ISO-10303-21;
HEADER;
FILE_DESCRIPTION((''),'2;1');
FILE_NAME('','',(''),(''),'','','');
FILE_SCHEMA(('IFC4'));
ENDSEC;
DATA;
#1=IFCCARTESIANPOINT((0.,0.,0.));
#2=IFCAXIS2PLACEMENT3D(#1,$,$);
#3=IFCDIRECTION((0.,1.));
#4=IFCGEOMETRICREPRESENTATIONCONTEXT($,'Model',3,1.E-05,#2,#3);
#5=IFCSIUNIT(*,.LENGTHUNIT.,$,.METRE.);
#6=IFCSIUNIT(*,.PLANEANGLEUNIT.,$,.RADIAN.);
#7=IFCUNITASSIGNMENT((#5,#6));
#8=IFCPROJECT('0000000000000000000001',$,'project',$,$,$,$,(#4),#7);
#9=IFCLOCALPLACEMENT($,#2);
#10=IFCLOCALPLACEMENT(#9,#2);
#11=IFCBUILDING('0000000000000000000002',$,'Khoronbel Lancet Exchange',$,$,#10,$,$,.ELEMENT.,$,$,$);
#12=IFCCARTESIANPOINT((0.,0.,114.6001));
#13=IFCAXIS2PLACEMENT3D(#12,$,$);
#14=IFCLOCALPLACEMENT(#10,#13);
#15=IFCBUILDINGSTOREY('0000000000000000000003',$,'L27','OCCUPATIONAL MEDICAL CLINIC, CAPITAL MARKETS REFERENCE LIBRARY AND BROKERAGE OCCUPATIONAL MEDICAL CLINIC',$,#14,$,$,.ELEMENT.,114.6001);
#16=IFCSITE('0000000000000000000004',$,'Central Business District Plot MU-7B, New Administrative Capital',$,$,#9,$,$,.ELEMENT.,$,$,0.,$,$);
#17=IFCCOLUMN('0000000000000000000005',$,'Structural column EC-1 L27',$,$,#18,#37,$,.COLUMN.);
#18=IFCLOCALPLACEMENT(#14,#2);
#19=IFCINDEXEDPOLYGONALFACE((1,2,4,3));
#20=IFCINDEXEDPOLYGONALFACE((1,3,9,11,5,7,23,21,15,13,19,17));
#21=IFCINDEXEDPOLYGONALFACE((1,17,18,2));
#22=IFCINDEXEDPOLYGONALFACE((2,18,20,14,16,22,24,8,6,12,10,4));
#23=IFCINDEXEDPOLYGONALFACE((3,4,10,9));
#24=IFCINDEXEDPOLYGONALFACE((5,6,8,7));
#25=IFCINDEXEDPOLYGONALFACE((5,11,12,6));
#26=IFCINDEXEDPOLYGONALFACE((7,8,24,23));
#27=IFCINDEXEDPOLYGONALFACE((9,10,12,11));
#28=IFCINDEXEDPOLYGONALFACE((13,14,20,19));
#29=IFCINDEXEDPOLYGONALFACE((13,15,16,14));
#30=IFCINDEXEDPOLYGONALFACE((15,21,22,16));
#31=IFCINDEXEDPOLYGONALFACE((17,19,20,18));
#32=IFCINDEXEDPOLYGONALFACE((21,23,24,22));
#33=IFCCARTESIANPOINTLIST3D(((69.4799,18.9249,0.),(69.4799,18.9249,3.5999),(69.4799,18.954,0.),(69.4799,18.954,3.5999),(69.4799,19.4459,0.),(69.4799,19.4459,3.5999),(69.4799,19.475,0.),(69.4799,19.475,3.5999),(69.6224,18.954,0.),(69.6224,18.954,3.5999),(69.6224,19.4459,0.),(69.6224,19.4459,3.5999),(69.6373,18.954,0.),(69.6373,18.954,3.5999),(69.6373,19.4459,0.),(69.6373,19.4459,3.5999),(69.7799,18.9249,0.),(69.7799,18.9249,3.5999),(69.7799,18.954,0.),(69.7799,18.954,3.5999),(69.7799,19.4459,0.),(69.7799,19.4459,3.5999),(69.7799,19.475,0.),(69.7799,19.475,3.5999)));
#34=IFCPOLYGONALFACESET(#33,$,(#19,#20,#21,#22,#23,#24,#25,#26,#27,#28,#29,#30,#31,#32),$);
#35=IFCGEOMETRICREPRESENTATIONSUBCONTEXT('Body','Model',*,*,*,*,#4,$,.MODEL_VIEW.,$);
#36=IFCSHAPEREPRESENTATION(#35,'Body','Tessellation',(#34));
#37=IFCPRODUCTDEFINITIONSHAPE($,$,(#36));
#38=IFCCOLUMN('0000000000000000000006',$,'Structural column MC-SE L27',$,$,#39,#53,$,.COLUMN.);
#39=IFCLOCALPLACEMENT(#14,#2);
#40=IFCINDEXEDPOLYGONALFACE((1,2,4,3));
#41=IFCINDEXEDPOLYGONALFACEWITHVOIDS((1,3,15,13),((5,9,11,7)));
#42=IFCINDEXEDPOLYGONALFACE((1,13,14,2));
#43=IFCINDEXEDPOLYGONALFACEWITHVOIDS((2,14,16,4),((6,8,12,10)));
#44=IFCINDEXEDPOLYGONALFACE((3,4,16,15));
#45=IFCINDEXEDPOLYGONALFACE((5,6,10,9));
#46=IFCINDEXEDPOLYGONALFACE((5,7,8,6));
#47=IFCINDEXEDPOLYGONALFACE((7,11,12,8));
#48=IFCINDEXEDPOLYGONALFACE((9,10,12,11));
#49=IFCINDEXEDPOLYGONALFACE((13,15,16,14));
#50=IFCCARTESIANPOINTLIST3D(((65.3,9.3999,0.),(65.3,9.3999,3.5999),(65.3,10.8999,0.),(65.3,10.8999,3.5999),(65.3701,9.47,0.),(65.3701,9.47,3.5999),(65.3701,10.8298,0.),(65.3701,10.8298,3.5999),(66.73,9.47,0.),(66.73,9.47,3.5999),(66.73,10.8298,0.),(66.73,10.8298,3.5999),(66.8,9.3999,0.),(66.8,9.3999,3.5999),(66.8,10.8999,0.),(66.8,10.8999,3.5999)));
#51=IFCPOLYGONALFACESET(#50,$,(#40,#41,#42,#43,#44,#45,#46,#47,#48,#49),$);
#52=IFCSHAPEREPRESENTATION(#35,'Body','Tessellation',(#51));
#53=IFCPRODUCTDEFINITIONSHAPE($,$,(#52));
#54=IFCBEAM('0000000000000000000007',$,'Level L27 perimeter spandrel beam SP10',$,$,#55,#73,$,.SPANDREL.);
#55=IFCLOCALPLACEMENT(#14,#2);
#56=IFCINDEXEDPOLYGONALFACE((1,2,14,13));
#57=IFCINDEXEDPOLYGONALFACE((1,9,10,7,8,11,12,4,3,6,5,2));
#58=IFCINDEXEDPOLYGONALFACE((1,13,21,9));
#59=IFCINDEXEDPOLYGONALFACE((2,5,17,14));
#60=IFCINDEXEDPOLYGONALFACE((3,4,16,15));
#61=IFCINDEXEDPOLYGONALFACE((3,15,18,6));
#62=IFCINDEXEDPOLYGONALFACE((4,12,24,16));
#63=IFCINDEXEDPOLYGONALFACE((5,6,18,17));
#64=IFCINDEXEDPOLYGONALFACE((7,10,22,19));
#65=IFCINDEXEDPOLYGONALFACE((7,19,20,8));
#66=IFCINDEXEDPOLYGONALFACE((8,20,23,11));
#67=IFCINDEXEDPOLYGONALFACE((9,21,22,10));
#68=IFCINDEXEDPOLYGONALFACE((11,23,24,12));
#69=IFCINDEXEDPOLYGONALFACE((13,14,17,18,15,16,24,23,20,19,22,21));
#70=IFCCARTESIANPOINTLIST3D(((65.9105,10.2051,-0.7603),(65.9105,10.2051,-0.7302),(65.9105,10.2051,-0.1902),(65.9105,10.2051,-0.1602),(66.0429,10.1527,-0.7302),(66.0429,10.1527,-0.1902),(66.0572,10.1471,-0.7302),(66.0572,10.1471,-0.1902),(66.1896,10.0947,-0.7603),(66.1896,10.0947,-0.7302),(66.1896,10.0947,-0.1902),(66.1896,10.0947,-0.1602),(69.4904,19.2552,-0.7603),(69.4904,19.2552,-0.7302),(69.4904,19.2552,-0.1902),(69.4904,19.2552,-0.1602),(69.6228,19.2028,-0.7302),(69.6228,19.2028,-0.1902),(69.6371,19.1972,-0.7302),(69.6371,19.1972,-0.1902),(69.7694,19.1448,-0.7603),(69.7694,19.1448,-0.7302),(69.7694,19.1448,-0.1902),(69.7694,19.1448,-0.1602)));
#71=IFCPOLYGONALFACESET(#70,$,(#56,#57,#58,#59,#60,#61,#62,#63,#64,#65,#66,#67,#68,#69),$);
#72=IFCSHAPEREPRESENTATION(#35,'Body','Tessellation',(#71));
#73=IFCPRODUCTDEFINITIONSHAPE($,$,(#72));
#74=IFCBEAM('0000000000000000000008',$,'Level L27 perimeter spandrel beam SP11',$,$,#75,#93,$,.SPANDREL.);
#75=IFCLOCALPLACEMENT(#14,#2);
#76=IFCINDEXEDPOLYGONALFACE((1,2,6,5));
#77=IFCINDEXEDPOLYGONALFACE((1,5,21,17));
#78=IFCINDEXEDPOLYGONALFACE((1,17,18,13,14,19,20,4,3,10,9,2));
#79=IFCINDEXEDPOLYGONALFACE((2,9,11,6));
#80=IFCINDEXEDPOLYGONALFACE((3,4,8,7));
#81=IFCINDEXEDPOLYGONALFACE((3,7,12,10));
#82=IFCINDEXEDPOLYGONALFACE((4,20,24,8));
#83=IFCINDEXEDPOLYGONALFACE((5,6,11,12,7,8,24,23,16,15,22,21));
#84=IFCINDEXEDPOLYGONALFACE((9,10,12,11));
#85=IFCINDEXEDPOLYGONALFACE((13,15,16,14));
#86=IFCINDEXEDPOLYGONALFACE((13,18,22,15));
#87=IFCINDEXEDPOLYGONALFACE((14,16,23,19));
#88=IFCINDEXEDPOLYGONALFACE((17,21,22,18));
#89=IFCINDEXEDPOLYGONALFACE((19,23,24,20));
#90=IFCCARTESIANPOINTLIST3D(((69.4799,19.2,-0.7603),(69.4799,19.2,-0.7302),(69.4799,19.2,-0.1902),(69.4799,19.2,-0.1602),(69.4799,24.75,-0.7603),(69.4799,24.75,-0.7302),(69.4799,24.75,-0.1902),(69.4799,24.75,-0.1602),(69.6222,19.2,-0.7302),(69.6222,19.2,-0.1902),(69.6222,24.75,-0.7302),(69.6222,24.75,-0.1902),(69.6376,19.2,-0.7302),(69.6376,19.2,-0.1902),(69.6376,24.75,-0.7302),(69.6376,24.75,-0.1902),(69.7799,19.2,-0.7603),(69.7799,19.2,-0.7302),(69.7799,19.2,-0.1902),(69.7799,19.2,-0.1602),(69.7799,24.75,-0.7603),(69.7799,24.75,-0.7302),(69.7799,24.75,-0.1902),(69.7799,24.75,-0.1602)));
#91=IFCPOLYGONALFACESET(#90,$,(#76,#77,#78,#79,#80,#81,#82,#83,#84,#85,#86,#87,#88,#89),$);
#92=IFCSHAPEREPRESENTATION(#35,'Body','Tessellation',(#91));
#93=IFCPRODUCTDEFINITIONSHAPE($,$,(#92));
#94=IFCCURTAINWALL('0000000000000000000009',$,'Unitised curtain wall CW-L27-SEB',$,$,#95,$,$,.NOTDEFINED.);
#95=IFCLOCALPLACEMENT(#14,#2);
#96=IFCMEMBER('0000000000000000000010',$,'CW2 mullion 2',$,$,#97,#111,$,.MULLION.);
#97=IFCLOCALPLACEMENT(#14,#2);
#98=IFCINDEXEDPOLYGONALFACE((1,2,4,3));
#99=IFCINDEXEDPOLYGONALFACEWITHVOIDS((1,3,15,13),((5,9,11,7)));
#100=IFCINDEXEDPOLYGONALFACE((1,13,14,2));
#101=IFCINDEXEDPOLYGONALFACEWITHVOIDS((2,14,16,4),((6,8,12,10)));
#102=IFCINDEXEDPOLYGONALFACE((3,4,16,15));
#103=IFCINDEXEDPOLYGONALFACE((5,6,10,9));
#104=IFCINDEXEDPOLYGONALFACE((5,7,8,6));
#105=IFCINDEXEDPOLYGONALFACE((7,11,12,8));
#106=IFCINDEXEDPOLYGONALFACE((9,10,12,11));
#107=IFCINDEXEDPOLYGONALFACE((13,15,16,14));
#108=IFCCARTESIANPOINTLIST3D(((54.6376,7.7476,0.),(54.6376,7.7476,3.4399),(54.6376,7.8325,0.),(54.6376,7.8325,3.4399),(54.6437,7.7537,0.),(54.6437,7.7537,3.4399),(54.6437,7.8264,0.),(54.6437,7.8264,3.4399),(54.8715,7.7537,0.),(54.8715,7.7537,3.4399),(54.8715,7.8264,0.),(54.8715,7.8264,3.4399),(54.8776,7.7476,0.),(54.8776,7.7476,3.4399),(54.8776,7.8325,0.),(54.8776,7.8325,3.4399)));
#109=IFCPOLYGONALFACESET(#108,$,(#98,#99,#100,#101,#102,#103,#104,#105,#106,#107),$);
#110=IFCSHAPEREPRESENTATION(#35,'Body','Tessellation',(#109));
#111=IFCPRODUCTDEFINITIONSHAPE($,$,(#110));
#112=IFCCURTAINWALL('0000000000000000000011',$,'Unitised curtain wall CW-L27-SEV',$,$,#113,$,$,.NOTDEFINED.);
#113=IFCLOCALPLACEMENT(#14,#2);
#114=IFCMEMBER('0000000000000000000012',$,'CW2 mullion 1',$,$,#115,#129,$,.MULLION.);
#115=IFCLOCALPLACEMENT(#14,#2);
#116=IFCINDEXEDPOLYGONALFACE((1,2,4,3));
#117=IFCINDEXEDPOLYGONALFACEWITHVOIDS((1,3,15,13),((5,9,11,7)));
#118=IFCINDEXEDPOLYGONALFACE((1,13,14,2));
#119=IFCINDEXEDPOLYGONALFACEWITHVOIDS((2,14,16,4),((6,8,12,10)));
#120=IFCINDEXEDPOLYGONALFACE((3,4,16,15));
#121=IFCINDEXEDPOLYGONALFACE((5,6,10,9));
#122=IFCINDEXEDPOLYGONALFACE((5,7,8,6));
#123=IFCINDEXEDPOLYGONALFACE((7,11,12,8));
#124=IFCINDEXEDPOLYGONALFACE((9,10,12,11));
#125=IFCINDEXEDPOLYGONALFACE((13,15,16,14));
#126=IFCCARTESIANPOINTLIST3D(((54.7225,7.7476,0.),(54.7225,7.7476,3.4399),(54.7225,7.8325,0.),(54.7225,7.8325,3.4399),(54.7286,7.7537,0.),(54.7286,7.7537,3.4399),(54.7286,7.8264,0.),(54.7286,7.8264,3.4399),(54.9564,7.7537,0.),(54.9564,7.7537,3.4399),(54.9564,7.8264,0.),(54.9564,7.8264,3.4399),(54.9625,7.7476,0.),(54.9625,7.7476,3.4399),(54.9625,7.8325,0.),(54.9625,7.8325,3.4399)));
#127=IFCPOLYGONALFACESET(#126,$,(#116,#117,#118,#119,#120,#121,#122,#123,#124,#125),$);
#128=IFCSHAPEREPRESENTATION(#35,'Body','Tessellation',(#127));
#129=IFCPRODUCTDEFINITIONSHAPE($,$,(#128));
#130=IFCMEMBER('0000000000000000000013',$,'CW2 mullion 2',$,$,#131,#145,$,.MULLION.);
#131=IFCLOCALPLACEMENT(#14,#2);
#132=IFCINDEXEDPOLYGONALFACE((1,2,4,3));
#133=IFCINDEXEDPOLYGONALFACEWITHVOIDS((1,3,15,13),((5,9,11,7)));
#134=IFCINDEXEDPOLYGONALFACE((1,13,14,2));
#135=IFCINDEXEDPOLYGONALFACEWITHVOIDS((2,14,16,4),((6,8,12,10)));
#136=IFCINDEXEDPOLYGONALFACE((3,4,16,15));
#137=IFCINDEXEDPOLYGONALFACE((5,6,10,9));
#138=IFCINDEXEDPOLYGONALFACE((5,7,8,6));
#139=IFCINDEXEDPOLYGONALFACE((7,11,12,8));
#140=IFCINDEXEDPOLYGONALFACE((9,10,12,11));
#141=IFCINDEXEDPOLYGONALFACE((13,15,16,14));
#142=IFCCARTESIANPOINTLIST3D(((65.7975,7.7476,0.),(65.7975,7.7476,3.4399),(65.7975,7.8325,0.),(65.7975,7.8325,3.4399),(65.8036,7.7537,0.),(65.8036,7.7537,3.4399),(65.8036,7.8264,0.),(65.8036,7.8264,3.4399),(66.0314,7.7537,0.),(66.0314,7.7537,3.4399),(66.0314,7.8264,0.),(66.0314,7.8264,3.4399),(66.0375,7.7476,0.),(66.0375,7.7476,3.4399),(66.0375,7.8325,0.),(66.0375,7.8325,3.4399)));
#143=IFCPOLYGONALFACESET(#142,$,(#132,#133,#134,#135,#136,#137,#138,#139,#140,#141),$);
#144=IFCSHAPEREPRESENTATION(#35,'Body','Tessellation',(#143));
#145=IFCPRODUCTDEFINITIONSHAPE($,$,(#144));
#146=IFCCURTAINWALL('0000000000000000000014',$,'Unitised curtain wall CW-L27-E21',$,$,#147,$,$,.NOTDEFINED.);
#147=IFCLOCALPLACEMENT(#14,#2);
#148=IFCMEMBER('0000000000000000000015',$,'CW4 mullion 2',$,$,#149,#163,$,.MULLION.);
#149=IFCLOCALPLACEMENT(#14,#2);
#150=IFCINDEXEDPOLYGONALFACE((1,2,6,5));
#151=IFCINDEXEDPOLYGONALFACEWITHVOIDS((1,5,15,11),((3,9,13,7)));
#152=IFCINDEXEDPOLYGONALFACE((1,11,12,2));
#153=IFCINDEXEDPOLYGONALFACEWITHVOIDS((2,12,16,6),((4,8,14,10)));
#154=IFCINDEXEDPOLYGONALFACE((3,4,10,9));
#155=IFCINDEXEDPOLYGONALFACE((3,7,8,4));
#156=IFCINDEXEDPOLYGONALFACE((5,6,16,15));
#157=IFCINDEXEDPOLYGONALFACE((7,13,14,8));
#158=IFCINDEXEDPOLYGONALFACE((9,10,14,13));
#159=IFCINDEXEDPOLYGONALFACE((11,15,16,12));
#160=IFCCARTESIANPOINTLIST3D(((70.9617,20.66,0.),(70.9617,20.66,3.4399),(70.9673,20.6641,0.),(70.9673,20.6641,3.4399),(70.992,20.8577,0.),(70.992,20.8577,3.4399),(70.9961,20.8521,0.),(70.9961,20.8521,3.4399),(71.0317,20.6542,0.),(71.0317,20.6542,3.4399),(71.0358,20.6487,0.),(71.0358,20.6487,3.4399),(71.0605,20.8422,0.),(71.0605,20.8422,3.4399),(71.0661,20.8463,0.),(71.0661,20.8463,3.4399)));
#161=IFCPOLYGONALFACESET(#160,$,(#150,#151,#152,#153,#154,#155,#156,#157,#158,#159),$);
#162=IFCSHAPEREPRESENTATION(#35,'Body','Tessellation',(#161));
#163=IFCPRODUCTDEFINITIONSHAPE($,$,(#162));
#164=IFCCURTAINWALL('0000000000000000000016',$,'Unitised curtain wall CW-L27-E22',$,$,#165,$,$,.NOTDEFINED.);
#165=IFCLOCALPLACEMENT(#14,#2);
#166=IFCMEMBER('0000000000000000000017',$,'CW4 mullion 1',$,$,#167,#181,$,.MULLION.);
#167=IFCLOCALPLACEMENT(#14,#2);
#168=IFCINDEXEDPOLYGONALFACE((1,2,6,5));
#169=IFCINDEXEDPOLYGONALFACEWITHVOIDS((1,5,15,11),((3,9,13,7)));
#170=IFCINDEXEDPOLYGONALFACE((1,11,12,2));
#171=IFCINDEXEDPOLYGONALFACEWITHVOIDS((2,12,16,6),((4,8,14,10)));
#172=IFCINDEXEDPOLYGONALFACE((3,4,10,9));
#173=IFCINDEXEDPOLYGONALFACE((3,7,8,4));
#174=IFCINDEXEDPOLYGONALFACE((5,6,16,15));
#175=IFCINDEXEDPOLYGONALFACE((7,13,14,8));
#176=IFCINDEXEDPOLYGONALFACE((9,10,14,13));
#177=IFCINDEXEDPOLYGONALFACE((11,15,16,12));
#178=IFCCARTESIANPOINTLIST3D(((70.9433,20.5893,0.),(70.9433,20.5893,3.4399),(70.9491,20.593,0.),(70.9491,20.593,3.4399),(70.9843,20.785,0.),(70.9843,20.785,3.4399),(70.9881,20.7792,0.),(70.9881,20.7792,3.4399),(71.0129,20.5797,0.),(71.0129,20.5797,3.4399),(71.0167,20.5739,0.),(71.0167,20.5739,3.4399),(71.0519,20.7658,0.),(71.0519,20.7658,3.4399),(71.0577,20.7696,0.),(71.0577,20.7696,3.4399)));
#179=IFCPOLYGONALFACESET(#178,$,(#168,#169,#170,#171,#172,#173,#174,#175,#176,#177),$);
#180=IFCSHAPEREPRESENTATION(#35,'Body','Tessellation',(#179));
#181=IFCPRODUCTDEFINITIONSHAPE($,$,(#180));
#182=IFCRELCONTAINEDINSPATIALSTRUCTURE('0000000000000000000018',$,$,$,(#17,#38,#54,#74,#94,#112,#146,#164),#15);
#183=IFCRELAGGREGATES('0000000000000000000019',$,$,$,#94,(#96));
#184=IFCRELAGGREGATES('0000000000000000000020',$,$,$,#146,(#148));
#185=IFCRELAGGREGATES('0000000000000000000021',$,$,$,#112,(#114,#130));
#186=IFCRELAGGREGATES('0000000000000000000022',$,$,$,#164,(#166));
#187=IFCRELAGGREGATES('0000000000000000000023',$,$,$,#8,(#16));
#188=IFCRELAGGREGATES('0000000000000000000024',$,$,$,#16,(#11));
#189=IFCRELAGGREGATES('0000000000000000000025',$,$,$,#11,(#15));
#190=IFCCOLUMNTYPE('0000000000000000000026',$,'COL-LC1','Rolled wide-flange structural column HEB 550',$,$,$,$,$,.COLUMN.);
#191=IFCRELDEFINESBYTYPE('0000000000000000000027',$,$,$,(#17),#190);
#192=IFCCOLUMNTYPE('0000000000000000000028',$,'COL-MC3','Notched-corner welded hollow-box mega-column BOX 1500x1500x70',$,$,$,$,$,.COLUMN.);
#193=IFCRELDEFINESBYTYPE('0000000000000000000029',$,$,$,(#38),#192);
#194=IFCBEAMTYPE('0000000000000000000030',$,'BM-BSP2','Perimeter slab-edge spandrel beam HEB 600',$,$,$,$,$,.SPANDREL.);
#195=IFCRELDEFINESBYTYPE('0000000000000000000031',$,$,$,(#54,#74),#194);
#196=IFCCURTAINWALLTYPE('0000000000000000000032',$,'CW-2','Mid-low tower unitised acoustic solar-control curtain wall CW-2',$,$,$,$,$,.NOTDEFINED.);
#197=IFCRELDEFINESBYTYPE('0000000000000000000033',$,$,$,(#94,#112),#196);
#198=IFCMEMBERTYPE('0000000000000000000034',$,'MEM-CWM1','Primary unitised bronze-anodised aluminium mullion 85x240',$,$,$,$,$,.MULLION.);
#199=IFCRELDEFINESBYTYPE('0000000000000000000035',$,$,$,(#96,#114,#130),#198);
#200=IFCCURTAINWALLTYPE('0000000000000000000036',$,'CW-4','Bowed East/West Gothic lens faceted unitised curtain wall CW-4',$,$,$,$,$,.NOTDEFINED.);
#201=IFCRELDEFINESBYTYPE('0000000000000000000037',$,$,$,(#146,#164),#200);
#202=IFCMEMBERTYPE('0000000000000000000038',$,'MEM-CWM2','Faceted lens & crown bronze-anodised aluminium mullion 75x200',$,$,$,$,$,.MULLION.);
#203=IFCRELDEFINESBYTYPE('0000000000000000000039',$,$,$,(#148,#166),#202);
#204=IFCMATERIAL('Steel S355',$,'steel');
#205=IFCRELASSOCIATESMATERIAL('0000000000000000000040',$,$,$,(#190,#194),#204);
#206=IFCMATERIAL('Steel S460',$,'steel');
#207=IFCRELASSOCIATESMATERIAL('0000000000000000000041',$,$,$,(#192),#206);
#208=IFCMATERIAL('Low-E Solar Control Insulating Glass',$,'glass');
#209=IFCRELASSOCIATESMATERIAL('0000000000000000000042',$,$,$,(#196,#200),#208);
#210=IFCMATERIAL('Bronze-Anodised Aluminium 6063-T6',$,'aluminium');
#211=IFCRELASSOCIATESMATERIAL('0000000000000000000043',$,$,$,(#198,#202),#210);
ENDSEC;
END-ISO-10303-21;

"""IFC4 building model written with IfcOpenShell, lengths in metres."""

from ifc_helpers import new_model, si_unit, direction, frame, origin, origin_2d, place, context, subcontext, project, spatial, hollow_rectangle, i_section, extrude, material, material_profile, profile_set, type_object, element, aggregate, save


model = new_model("IFC4")

# Units and contexts
model_context = context("Model", 3, precision=1e-05, world=origin(), true_north=direction((0.0, 1.0)))
body_context = subcontext(model_context, "Body", "Model", "MODEL_VIEW")
ifc_project = project(units=[si_unit("LENGTHUNIT", "METRE"), si_unit("PLANEANGLEUNIT", "RADIAN")], contexts=[model_context])

# Site, building, storey
site_placement = place(None, origin())
site = spatial("IfcSite", under=ifc_project, at=site_placement, Name="Central Business District Plot MU-7B, New Administrative Capital", CompositionType="ELEMENT", RefElevation=0.0)
building_placement = place(site_placement, origin())
building = spatial("IfcBuilding", under=site, at=building_placement, Name="Khoronbel Lancet Exchange", CompositionType="ELEMENT")
storey_placement = place(building_placement, frame((0.0, 0.0, 114.6001)))
storey = spatial("IfcBuildingStorey", under=building, at=storey_placement, Name="L27", Description="OCCUPATIONAL MEDICAL CLINIC, CAPITAL MARKETS REFERENCE LIBRARY AND BROKERAGE OCCUPATIONAL MEDICAL CLINIC", CompositionType="ELEMENT", Elevation=114.6001)

# Columns
ifc_material_1 = material(Name="Steel S355", Category="steel")
ifc_material_profile_1 = material_profile(ifc_material_1, i_section(OverallWidth=0.3, OverallDepth=0.55, WebThickness=0.0149, FlangeThickness=0.0291, at=origin_2d()), Name="HEB 550")
ifc_profile_set_1 = profile_set([ifc_material_profile_1], Name="Steel S355")
column_type_1 = type_object("IfcColumnType", Name="COL-LC1", Description="Rolled wide-flange structural column HEB 550", PredefinedType="COLUMN", material=ifc_profile_set_1)
column_1_placement = place(storey_placement, frame((69.6299, 19.2, 0.0), z_axis=(0.0, 0.0, 1.0), x_axis=(1.0, 0.0, 0.0)))
element("IfcColumn", 1, at=column_1_placement, inside=storey, type_object=column_type_1, Name="Structural column EC-1 L27", PredefinedType="COLUMN", context=body_context, shape_type="SweptSolid", body=[
    extrude(i_section(OverallWidth=0.3, OverallDepth=0.55, WebThickness=0.0149, FlangeThickness=0.0291, at=origin_2d()), origin(), (0.0, 0.0, 1.0), 3.5999),
])
ifc_material_2 = material(Name="Steel S460", Category="steel")
ifc_material_profile_2 = material_profile(ifc_material_2, hollow_rectangle(XDim=1.5, YDim=1.5, WallThickness=0.0701, at=origin_2d()), Name="BOX 1500x1500x70")
ifc_profile_set_2 = profile_set([ifc_material_profile_2], Name="Steel S460")
column_type_2 = type_object("IfcColumnType", Name="COL-MC3", Description="Notched-corner welded hollow-box mega-column BOX 1500x1500x70", PredefinedType="COLUMN", material=ifc_profile_set_2)
column_2_placement = place(storey_placement, frame((66.05, 10.1499, 0.0), z_axis=(0.0, 0.0, 1.0), x_axis=(1.0, 0.0, 0.0)))
element("IfcColumn", 2, at=column_2_placement, inside=storey, type_object=column_type_2, Name="Structural column MC-SE L27", PredefinedType="COLUMN", context=body_context, shape_type="SweptSolid", body=[
    extrude(hollow_rectangle(XDim=1.5, YDim=1.5, WallThickness=0.0701, at=origin_2d()), origin(), (0.0, 0.0, 1.0), 3.5999),
])

# Beams
ifc_material_profile_3 = material_profile(ifc_material_1, i_section(OverallWidth=0.3, OverallDepth=0.6001, WebThickness=0.0154, FlangeThickness=0.03, at=origin_2d()), Name="HEB 600")
ifc_profile_set_3 = profile_set([ifc_material_profile_3], Name="Steel S355")
beam_type = type_object("IfcBeamType", Name="BM-BSP2", Description="Perimeter slab-edge spandrel beam HEB 600", PredefinedType="SPANDREL", material=ifc_profile_set_3)
beam_1_placement = place(storey_placement, frame((66.05, 10.1499, -0.4602), z_axis=(0.367828, 0.929894, 0.0), x_axis=(-0.929894, 0.367828, 0.0)))
element("IfcBeam", 3, at=beam_1_placement, inside=storey, type_object=beam_type, Name="Level L27 perimeter spandrel beam SP10", PredefinedType="SPANDREL", context=body_context, shape_type="SweptSolid", body=[
    extrude(i_section(OverallWidth=0.3, OverallDepth=0.6001, WebThickness=0.0154, FlangeThickness=0.03, at=origin_2d()), origin(), (0.0, 0.0, 1.0), 9.7324),
])
beam_2_placement = place(storey_placement, frame((69.6299, 19.2, -0.4602), z_axis=(0.0, 1.0, 0.0), x_axis=(-1.0, 0.0, 0.0)))
element("IfcBeam", 4, at=beam_2_placement, inside=storey, type_object=beam_type, Name="Level L27 perimeter spandrel beam SP11", PredefinedType="SPANDREL", context=body_context, shape_type="SweptSolid", body=[
    extrude(i_section(OverallWidth=0.3, OverallDepth=0.6001, WebThickness=0.0154, FlangeThickness=0.03, at=origin_2d()), origin(), (0.0, 0.0, 1.0), 5.55),
])

# Curtain wall, member
ifc_material_3 = material(Name="Low-E Solar Control Insulating Glass", Category="glass")
curtain_wall_type_1 = type_object("IfcCurtainWallType", Name="CW-2", Description="Mid-low tower unitised acoustic solar-control curtain wall CW-2", PredefinedType="NOTDEFINED", material=ifc_material_3)
curtain_wall_1_placement = place(storey_placement, origin())
curtain_wall_1 = element("IfcCurtainWall", 5, at=curtain_wall_1_placement, inside=storey, type_object=curtain_wall_type_1, Name="Unitised curtain wall CW-L27-SEB", PredefinedType="NOTDEFINED")
ifc_material_4 = material(Name="Bronze-Anodised Aluminium 6063-T6", Category="aluminium")
ifc_material_profile_4 = material_profile(ifc_material_4, hollow_rectangle(XDim=0.085, YDim=0.24, WallThickness=0.0061, at=origin_2d()), Name="ALU MULLION 85x240")
ifc_profile_set_4 = profile_set([ifc_material_profile_4], Name="Bronze-Anodised Aluminium 6063-T6")
member_type_1 = type_object("IfcMemberType", Name="MEM-CWM1", Description="Primary unitised bronze-anodised aluminium mullion 85x240", PredefinedType="MULLION", material=ifc_profile_set_4)
member_1_placement = place(storey_placement, frame((54.7576, 7.79, 0.0), z_axis=(0.0, 0.0, 1.0), x_axis=(0.0, 1.0, 0.0)))
member_1 = element("IfcMember", 6, at=member_1_placement, type_object=member_type_1, Name="CW2 mullion 2", PredefinedType="MULLION", context=body_context, shape_type="SweptSolid", body=[
    extrude(hollow_rectangle(XDim=0.085, YDim=0.24, WallThickness=0.0061, at=origin_2d()), origin(), (0.0, 0.0, 1.0), 3.4399),
])
aggregate(curtain_wall_1, [member_1])

# Curtain wall, members
curtain_wall_2_placement = place(storey_placement, origin())
curtain_wall_2 = element("IfcCurtainWall", 7, at=curtain_wall_2_placement, inside=storey, type_object=curtain_wall_type_1, Name="Unitised curtain wall CW-L27-SEV", PredefinedType="NOTDEFINED")
member_2_placement = place(storey_placement, frame((54.8425, 7.79, 0.0), z_axis=(0.0, 0.0, 1.0), x_axis=(0.0, 1.0, 0.0)))
member_2 = element("IfcMember", 8, at=member_2_placement, type_object=member_type_1, Name="CW2 mullion 1", PredefinedType="MULLION", context=body_context, shape_type="SweptSolid", body=[
    extrude(hollow_rectangle(XDim=0.085, YDim=0.24, WallThickness=0.0061, at=origin_2d()), origin(), (0.0, 0.0, 1.0), 3.4399),
])
member_3_placement = place(storey_placement, frame((65.9175, 7.79, 0.0), z_axis=(0.0, 0.0, 1.0), x_axis=(0.0, 1.0, 0.0)))
member_3 = element("IfcMember", 9, at=member_3_placement, type_object=member_type_1, Name="CW2 mullion 2", PredefinedType="MULLION", context=body_context, shape_type="SweptSolid", body=[
    extrude(hollow_rectangle(XDim=0.085, YDim=0.24, WallThickness=0.0061, at=origin_2d()), origin(), (0.0, 0.0, 1.0), 3.4399),
])

# Curtain wall, member
curtain_wall_type_2 = type_object("IfcCurtainWallType", Name="CW-4", Description="Bowed East/West Gothic lens faceted unitised curtain wall CW-4", PredefinedType="NOTDEFINED", material=ifc_material_3)
curtain_wall_3_placement = place(storey_placement, origin())
curtain_wall_3 = element("IfcCurtainWall", 10, at=curtain_wall_3_placement, inside=storey, type_object=curtain_wall_type_2, Name="Unitised curtain wall CW-L27-E21", PredefinedType="NOTDEFINED")
ifc_material_profile_5 = material_profile(ifc_material_4, hollow_rectangle(XDim=0.075, YDim=0.2, WallThickness=0.0049, at=origin_2d()), Name="ALU MULLION 75x200")
ifc_profile_set_5 = profile_set([ifc_material_profile_5], Name="Bronze-Anodised Aluminium 6063-T6")
member_type_2 = type_object("IfcMemberType", Name="MEM-CWM2", Description="Faceted lens & crown bronze-anodised aluminium mullion 75x200", PredefinedType="MULLION", material=ifc_profile_set_5)
member_4_placement = place(storey_placement, frame((71.0139, 20.7532, 0.0), z_axis=(0.0, 0.0, 1.0), x_axis=(0.988455, -0.151516, 0.0)))
member_4 = element("IfcMember", 11, at=member_4_placement, type_object=member_type_2, Name="CW4 mullion 2", PredefinedType="MULLION", context=body_context, shape_type="SweptSolid", body=[
    extrude(hollow_rectangle(XDim=0.075, YDim=0.2, WallThickness=0.0049, at=origin_2d()), origin(), (0.0, 0.0, 1.0), 3.4399),
])
aggregate(curtain_wall_3, [member_4])

# Curtain wall, member
curtain_wall_4_placement = place(storey_placement, origin())
curtain_wall_4 = element("IfcCurtainWall", 12, at=curtain_wall_4_placement, inside=storey, type_object=curtain_wall_type_2, Name="Unitised curtain wall CW-L27-E22", PredefinedType="NOTDEFINED")
member_5_placement = place(storey_placement, frame((71.0005, 20.6794, 0.0), z_axis=(0.0, 0.0, 1.0), x_axis=(0.97878, -0.204913, 0.0)))
member_5 = element("IfcMember", 13, at=member_5_placement, type_object=member_type_2, Name="CW4 mullion 1", PredefinedType="MULLION", context=body_context, shape_type="SweptSolid", body=[
    extrude(hollow_rectangle(XDim=0.075, YDim=0.2, WallThickness=0.0049, at=origin_2d()), origin(), (0.0, 0.0, 1.0), 3.4399),
])

aggregate(curtain_wall_2, [member_2, member_3])
aggregate(curtain_wall_4, [member_5])

save(model, "model.ifc")
